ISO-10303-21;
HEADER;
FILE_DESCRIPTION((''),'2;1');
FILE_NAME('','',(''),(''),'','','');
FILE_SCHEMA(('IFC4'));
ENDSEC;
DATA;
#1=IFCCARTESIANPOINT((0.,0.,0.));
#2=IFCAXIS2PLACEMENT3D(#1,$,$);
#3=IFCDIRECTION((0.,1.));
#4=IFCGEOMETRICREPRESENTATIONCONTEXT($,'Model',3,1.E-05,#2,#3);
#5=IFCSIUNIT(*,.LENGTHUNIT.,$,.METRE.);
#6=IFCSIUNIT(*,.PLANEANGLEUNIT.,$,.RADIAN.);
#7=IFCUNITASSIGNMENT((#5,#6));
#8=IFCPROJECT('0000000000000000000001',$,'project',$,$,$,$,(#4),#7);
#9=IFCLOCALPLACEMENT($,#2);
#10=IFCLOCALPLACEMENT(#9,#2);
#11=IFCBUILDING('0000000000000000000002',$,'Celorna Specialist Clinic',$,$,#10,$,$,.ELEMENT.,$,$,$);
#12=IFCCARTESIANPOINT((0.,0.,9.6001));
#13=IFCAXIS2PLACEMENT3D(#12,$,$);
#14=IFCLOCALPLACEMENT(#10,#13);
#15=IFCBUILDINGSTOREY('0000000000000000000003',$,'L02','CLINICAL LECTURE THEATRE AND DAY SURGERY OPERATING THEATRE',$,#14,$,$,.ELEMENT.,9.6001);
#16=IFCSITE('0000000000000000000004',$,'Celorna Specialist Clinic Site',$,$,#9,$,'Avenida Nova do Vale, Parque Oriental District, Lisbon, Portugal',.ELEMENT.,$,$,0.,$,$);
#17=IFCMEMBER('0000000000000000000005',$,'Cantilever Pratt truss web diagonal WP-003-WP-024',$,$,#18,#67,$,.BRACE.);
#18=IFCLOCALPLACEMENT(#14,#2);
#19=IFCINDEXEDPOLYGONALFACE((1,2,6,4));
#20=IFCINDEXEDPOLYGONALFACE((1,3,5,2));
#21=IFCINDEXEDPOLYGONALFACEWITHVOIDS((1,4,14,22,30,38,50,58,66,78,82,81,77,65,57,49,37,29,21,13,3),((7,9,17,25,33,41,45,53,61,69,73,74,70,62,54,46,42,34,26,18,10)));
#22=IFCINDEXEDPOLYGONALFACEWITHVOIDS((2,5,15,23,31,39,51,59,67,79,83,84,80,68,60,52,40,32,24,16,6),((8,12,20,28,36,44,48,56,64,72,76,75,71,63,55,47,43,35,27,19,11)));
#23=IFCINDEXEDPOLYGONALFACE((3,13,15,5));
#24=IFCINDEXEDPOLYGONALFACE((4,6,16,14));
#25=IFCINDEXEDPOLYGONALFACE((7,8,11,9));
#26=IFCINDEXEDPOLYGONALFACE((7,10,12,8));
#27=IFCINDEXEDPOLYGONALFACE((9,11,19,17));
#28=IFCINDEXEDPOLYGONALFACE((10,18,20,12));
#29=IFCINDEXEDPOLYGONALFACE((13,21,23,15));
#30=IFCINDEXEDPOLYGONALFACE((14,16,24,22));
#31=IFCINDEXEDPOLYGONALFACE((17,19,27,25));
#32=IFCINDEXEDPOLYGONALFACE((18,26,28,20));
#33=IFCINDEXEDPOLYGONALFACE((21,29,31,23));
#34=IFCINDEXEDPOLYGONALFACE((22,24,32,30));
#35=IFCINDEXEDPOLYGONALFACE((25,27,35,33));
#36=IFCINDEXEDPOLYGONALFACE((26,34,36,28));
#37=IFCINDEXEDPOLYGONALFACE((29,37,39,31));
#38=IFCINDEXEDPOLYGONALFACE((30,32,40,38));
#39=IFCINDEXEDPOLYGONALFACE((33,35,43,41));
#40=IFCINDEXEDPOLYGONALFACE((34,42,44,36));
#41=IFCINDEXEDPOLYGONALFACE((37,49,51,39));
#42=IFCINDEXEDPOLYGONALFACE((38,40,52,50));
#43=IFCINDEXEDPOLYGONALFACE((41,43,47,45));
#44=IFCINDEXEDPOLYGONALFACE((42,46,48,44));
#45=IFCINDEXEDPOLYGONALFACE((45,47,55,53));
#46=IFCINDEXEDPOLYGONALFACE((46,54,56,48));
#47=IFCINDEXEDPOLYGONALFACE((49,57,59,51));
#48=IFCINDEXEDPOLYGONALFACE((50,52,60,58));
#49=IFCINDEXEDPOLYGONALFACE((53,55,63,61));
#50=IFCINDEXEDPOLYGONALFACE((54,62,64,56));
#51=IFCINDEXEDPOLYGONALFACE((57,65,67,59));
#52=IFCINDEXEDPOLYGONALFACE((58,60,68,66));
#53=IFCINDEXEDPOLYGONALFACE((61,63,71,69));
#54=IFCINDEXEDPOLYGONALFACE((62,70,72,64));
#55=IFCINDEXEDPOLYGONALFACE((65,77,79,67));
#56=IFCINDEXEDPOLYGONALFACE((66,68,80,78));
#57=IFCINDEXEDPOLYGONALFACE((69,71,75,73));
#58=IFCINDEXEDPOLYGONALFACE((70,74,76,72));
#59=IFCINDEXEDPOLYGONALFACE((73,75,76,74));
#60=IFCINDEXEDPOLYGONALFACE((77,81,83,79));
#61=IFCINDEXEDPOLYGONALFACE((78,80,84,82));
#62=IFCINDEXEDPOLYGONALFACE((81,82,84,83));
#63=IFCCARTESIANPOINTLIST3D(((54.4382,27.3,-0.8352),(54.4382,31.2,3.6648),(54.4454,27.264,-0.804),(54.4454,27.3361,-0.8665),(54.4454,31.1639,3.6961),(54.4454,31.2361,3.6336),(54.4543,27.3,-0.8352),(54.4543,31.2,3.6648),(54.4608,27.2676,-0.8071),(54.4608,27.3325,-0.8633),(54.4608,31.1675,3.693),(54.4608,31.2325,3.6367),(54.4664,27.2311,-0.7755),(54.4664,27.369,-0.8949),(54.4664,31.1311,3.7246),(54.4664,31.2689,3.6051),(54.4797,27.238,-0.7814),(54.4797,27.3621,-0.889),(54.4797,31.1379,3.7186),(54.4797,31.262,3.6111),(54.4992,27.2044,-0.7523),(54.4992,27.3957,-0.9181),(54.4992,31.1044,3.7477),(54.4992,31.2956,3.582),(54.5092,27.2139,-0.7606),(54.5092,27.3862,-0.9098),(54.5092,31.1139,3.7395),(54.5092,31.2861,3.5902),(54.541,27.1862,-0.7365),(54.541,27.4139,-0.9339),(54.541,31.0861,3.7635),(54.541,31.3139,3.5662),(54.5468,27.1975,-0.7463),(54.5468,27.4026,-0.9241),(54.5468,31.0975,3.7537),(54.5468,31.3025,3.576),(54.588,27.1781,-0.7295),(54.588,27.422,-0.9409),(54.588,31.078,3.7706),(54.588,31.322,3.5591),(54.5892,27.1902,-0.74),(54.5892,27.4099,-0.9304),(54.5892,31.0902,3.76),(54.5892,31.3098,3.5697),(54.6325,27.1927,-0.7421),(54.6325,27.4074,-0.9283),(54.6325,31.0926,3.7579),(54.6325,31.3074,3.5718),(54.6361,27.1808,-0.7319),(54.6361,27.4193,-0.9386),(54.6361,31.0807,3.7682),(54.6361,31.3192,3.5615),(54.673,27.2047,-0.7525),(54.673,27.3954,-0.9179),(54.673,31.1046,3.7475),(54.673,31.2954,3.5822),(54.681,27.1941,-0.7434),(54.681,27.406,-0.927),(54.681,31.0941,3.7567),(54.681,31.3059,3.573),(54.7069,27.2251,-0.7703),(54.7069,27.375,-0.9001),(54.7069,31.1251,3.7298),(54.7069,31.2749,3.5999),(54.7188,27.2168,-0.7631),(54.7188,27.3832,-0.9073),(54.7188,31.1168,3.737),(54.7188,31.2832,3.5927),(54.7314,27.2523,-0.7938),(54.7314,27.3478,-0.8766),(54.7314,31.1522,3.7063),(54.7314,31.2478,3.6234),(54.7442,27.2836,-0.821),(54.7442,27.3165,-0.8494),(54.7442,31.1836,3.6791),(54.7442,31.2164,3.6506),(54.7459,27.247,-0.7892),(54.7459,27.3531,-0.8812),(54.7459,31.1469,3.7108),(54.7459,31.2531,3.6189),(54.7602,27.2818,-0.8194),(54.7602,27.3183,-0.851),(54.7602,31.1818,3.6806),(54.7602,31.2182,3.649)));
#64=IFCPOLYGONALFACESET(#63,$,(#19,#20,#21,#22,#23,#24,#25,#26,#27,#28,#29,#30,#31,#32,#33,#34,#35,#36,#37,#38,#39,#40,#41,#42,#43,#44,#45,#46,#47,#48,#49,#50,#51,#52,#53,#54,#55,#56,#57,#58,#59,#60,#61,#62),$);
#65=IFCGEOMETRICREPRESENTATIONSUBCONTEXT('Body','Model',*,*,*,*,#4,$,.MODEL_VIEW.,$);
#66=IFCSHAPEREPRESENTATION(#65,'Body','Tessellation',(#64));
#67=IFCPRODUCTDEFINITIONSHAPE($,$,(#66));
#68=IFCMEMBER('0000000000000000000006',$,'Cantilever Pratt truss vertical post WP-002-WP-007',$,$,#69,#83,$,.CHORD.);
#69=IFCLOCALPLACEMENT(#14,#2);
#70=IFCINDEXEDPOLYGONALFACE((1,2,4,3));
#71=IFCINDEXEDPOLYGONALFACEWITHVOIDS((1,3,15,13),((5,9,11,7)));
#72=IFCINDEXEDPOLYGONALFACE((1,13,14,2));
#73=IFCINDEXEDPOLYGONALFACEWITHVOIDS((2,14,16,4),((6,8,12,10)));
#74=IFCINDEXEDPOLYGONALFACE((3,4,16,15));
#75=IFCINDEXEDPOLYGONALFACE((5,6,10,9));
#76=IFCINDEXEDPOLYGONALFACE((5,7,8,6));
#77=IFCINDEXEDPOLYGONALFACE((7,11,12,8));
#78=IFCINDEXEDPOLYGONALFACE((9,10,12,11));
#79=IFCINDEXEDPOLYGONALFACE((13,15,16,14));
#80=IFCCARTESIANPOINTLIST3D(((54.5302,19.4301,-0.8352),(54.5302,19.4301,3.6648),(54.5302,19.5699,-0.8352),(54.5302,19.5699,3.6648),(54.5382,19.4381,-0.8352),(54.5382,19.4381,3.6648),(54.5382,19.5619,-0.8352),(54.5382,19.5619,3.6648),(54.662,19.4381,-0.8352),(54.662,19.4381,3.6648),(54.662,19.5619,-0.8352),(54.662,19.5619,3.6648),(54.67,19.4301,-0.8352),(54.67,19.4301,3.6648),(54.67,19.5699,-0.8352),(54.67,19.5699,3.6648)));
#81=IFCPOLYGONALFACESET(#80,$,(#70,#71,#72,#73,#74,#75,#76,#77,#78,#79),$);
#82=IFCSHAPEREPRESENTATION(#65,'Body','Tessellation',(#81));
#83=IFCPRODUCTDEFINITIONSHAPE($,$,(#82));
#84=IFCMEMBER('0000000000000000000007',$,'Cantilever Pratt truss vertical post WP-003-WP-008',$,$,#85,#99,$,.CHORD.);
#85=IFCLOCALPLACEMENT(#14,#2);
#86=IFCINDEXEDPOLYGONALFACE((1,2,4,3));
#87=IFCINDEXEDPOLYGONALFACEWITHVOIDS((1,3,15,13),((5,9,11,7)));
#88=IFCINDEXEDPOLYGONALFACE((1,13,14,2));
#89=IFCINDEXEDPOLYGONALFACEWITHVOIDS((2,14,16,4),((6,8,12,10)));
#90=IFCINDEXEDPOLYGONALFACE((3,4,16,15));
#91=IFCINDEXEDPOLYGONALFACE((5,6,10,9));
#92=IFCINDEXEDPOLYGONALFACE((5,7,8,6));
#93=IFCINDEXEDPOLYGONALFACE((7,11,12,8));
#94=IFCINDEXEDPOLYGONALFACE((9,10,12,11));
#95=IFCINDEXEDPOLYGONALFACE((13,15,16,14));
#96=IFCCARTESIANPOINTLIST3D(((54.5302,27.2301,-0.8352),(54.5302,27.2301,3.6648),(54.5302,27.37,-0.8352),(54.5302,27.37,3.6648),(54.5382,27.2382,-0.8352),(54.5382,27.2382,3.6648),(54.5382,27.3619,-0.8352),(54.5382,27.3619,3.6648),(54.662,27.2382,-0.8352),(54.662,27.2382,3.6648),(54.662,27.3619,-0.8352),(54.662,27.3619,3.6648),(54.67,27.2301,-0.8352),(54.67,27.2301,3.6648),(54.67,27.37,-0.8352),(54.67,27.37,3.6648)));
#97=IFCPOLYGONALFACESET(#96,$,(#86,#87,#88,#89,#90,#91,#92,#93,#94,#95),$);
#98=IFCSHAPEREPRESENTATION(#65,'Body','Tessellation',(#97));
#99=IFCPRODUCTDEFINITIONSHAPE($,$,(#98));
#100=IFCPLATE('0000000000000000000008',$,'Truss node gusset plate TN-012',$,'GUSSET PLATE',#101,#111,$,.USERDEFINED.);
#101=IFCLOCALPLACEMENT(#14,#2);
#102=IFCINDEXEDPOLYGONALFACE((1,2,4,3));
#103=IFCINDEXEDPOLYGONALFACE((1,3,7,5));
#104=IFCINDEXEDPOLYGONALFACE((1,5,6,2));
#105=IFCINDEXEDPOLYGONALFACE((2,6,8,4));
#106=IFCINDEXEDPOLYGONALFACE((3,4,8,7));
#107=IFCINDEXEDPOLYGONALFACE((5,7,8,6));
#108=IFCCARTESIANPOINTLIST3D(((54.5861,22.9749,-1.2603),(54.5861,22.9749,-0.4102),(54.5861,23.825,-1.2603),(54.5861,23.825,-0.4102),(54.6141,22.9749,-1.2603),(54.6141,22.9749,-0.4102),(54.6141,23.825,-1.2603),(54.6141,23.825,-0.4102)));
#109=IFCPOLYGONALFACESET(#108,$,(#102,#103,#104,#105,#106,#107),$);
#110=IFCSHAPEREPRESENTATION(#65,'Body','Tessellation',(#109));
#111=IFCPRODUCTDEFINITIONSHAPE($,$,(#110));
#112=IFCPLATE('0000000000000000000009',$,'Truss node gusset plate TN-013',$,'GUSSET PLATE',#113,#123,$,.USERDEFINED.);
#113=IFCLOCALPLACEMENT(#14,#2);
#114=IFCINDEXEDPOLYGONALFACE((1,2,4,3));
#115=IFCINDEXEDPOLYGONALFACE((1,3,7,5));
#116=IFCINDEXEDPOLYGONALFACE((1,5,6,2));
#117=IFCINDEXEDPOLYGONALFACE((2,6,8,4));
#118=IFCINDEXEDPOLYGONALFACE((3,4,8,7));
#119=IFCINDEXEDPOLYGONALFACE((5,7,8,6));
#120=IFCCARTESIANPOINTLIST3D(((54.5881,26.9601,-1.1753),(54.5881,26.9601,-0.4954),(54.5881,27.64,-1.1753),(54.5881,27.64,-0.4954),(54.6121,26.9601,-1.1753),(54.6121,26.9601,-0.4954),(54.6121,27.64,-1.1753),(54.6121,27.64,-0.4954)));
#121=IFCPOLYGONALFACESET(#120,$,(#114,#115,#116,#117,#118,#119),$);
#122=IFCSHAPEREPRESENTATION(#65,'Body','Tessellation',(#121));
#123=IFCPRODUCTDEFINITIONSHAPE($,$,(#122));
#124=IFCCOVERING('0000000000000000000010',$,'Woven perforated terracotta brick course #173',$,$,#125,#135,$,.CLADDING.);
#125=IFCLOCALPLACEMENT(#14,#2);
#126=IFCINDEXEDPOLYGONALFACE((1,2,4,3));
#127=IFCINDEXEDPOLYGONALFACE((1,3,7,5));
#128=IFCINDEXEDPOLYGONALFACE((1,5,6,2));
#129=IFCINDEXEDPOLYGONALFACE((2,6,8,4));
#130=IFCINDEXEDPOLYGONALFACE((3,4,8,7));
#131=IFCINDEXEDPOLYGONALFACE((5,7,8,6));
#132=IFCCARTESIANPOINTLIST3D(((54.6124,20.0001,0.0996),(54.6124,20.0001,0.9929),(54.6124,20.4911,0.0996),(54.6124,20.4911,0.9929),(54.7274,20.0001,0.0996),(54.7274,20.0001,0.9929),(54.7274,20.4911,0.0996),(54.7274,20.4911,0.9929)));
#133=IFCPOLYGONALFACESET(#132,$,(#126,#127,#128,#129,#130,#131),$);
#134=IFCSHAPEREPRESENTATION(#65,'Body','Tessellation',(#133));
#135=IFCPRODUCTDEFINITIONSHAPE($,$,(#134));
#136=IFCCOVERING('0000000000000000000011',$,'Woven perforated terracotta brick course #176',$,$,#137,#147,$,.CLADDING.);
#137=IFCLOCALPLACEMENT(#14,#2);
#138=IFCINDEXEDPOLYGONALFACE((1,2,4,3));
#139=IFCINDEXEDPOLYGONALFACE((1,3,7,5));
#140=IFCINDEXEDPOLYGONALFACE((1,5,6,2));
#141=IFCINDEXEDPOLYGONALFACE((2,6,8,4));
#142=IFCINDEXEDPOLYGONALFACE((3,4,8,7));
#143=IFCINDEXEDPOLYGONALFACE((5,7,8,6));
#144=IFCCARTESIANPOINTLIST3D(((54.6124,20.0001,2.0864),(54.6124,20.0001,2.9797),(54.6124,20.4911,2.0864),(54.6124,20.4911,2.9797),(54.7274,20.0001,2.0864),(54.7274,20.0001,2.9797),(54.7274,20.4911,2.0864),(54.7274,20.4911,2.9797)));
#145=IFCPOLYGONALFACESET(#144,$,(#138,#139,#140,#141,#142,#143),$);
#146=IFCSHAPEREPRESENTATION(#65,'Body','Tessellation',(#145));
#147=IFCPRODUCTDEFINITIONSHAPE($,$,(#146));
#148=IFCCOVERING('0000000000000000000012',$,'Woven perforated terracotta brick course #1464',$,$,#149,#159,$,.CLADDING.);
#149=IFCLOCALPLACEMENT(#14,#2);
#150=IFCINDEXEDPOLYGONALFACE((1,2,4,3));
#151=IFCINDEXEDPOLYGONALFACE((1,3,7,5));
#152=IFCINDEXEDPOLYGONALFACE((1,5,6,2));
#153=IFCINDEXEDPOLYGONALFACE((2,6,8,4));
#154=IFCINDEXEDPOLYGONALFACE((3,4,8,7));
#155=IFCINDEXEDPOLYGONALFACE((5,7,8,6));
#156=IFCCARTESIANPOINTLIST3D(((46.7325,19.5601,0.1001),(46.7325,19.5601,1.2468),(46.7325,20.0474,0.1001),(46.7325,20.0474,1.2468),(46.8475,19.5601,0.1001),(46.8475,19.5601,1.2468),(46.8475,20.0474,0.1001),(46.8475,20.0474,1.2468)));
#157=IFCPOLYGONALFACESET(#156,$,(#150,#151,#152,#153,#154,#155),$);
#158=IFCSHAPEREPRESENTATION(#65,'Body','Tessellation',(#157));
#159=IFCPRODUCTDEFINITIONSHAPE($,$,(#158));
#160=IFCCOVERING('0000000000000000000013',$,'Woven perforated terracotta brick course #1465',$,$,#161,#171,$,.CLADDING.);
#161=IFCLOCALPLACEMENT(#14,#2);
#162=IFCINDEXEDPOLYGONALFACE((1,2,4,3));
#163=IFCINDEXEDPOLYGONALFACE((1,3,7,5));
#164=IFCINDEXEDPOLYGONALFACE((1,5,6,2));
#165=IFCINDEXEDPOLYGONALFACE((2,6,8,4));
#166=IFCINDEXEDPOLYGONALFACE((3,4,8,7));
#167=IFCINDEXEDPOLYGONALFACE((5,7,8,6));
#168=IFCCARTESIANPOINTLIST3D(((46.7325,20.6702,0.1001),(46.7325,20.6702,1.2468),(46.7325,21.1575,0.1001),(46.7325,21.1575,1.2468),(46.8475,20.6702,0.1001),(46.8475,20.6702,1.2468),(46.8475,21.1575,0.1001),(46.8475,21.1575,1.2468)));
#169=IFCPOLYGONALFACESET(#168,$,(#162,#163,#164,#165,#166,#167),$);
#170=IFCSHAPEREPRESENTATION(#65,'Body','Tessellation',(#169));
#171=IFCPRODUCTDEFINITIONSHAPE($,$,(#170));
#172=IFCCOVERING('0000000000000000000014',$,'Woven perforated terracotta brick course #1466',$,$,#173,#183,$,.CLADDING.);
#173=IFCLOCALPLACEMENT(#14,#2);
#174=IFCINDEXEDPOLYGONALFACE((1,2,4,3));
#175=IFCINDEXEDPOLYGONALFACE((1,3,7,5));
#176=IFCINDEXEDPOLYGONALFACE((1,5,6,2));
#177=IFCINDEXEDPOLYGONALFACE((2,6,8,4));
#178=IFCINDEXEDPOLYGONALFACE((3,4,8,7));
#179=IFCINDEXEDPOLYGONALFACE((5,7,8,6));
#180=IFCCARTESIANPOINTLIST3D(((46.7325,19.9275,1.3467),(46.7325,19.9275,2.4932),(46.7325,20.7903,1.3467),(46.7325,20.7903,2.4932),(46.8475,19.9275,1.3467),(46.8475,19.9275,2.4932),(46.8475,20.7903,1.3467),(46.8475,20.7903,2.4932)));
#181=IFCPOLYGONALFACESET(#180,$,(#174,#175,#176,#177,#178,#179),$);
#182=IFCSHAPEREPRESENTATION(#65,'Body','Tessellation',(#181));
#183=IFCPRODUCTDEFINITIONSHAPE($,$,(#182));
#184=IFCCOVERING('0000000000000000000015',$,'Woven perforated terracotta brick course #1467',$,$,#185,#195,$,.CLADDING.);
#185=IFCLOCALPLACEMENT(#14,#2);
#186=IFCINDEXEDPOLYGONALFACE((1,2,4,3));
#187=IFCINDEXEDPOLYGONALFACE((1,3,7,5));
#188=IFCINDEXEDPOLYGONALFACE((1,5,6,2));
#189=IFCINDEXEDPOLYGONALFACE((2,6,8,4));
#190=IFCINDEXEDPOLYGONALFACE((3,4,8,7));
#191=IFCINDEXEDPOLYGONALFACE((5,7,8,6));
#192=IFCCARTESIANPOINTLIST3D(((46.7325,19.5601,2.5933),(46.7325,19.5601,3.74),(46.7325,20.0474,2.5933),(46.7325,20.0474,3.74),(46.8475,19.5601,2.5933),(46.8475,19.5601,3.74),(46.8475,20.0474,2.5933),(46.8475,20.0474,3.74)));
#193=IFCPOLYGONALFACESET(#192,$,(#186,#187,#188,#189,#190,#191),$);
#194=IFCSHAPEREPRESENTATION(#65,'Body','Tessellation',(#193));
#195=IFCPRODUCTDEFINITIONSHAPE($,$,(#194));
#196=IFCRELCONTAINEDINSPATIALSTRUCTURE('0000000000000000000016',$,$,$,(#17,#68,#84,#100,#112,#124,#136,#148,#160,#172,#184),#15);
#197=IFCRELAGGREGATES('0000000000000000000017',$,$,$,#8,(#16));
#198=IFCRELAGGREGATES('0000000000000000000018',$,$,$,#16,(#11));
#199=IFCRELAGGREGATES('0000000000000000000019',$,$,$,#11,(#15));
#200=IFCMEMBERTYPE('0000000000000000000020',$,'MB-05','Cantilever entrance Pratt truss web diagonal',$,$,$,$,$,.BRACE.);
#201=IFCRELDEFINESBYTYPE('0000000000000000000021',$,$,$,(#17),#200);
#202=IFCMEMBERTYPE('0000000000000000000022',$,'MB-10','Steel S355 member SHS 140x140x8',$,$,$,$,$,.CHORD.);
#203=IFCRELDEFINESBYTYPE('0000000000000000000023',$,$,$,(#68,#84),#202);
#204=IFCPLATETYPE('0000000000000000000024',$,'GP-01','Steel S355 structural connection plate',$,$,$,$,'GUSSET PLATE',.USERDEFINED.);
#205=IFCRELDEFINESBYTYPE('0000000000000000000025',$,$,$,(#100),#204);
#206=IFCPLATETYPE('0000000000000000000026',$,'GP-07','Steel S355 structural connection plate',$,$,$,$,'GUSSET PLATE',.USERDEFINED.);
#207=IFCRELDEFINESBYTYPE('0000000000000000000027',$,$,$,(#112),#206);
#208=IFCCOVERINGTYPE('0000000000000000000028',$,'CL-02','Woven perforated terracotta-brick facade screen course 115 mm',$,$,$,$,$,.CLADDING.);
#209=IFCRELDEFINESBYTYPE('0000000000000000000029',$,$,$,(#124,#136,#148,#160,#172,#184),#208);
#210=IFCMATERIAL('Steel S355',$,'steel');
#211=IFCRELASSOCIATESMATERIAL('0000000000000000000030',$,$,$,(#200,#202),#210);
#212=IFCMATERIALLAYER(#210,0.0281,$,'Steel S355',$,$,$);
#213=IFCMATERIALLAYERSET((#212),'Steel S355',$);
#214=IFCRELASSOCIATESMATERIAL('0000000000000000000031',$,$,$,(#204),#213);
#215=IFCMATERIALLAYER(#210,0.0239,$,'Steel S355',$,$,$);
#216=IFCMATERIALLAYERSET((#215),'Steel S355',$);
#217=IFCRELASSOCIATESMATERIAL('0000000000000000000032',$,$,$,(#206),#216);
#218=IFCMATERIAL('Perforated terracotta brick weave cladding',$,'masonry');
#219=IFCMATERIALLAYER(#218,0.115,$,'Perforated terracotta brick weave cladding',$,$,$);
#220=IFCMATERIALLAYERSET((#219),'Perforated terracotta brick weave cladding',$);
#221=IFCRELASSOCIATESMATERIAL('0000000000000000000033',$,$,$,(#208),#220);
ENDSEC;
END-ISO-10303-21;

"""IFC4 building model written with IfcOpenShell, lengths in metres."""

from ifc_helpers import new_model, si_unit, direction, frame, origin, origin_2d, place, context, subcontext, project, spatial, rectangle, hollow_rectangle, hollow_circle, extrude, material, layer, layer_set, material_profile, profile_set, type_object, element, save


model = new_model("IFC4")

# Units and contexts
model_context = context("Model", 3, precision=1e-05, world=origin(), true_north=direction((0.0, 1.0)))
body_context = subcontext(model_context, "Body", "Model", "MODEL_VIEW")
ifc_project = project(units=[si_unit("LENGTHUNIT", "METRE"), si_unit("PLANEANGLEUNIT", "RADIAN")], contexts=[model_context])

# Site, building, storey
site_placement = place(None, origin())
site = spatial("IfcSite", under=ifc_project, at=site_placement, Name="Celorna Specialist Clinic Site", LongName="Avenida Nova do Vale, Parque Oriental District, Lisbon, Portugal", CompositionType="ELEMENT", RefElevation=0.0)
building_placement = place(site_placement, origin())
building = spatial("IfcBuilding", under=site, at=building_placement, Name="Celorna Specialist Clinic", CompositionType="ELEMENT")
storey_placement = place(building_placement, frame((0.0, 0.0, 9.6001)))
storey = spatial("IfcBuildingStorey", under=building, at=storey_placement, Name="L02", Description="CLINICAL LECTURE THEATRE AND DAY SURGERY OPERATING THEATRE", CompositionType="ELEMENT", Elevation=9.6001)

# Shared definitions
ifc_material_1 = material(Name="Steel S355", Category="steel")

# Members
ifc_material_profile_1 = material_profile(ifc_material_1, hollow_circle(Radius=0.1619, WallThickness=0.0161, at=origin_2d()), Name="CHS 323.9x16")
ifc_profile_set_1 = profile_set([ifc_material_profile_1], Name="Steel S355")
member_type_1 = type_object("IfcMemberType", Name="MB-05", Description="Cantilever entrance Pratt truss web diagonal", PredefinedType="BRACE", material=ifc_profile_set_1)
for number, where, z_axis, x_axis, name in (
    (1, (54.6001, 27.3, -0.8352), (0.0, 0.654921, 0.755697), (-1.0, 0.0, 0.0), "Cantilever Pratt truss web diagonal WP-003-WP-024"),
):
    element("IfcMember", number, at=place(storey_placement, frame(where, z_axis=z_axis, x_axis=x_axis)), inside=storey, type_object=member_type_1, Name=name, PredefinedType="BRACE", context=body_context, shape_type="SweptSolid", body=[
        extrude(hollow_circle(Radius=0.1619, WallThickness=0.0161, at=origin_2d()), origin(), (0.0, 0.0, 1.0), 5.9548),
    ])
ifc_material_profile_2 = material_profile(ifc_material_1, hollow_rectangle(XDim=0.1399, YDim=0.1399, WallThickness=0.0081, at=origin_2d()), Name="SHS 140x140x8")
ifc_profile_set_2 = profile_set([ifc_material_profile_2], Name="Steel S355")
member_type_2 = type_object("IfcMemberType", Name="MB-10", Description="Steel S355 member SHS 140x140x8", PredefinedType="CHORD", material=ifc_profile_set_2)
for number, where, z_axis, x_axis, name in (
    (2, (54.6001, 19.5, -0.8352), (0.0, 0.0, 1.0), (1.0, 0.0, 0.0), "Cantilever Pratt truss vertical post WP-002-WP-007"),
    (3, (54.6001, 27.3, -0.8352), (0.0, 0.0, 1.0), (1.0, 0.0, 0.0), "Cantilever Pratt truss vertical post WP-003-WP-008"),
):
    element("IfcMember", number, at=place(storey_placement, frame(where, z_axis=z_axis, x_axis=x_axis)), inside=storey, type_object=member_type_2, Name=name, PredefinedType="CHORD", context=body_context, shape_type="SweptSolid", body=[
        extrude(hollow_rectangle(XDim=0.1399, YDim=0.1399, WallThickness=0.0081, at=origin_2d()), origin(), (0.0, 0.0, 1.0), 4.5),
    ])

# Plates
ifc_layer_1 = layer(ifc_material_1, 0.0281, Name="Steel S355")
ifc_layer_set_1 = layer_set([ifc_layer_1], Name="Steel S355")
plate_type_1 = type_object("IfcPlateType", Name="GP-01", Description="Steel S355 structural connection plate", ElementType="GUSSET PLATE", PredefinedType="USERDEFINED", material=ifc_layer_set_1)
plate_1_placement = place(storey_placement, frame((54.6001, 23.3999, -1.2603), z_axis=(0.0, 0.0, 1.0), x_axis=(0.0, 1.0, 0.0)))
element("IfcPlate", 4, at=plate_1_placement, inside=storey, type_object=plate_type_1, Name="Truss node gusset plate TN-012", ObjectType="GUSSET PLATE", PredefinedType="USERDEFINED", context=body_context, shape_type="SweptSolid", body=[
    extrude(rectangle(XDim=0.8501, YDim=0.0281, at=origin_2d()), origin(), (0.0, 0.0, 1.0), 0.8501),
])
ifc_layer_2 = layer(ifc_material_1, 0.0239, Name="Steel S355")
ifc_layer_set_2 = layer_set([ifc_layer_2], Name="Steel S355")
plate_type_2 = type_object("IfcPlateType", Name="GP-07", Description="Steel S355 structural connection plate", ElementType="GUSSET PLATE", PredefinedType="USERDEFINED", material=ifc_layer_set_2)
plate_2_placement = place(storey_placement, frame((54.6001, 27.3, -1.1753), z_axis=(0.0, 0.0, 1.0), x_axis=(0.0, 1.0, 0.0)))
element("IfcPlate", 5, at=plate_2_placement, inside=storey, type_object=plate_type_2, Name="Truss node gusset plate TN-013", ObjectType="GUSSET PLATE", PredefinedType="USERDEFINED", context=body_context, shape_type="SweptSolid", body=[
    extrude(rectangle(XDim=0.6799, YDim=0.0239, at=origin_2d()), origin(), (0.0, 0.0, 1.0), 0.6799),
])

# Coverings
ifc_material_2 = material(Name="Perforated terracotta brick weave cladding", Category="masonry")
ifc_layer_3 = layer(ifc_material_2, 0.115, Name="Perforated terracotta brick weave cladding")
ifc_layer_set_3 = layer_set([ifc_layer_3], Name="Perforated terracotta brick weave cladding")
covering_type = type_object("IfcCoveringType", Name="CL-02", Description="Woven perforated terracotta-brick facade screen course 115 mm", PredefinedType="CLADDING", material=ifc_layer_set_3)
for number, where, z_axis, x_axis, name in (
    (6, (54.6699, 20.2456, 0.0996), (0.0, 0.0, 1.0), (0.0, 1.0, 0.0), "Woven perforated terracotta brick course #173"),
    (7, (54.6699, 20.2456, 2.0864), (0.0, 0.0, 1.0), (0.0, 1.0, 0.0), "Woven perforated terracotta brick course #176"),
):
    element("IfcCovering", number, at=place(storey_placement, frame(where, z_axis=z_axis, x_axis=x_axis)), inside=storey, type_object=covering_type, Name=name, PredefinedType="CLADDING", context=body_context, shape_type="SweptSolid", body=[
        extrude(rectangle(XDim=0.491, YDim=0.115, at=origin_2d()), origin(), (0.0, 0.0, 1.0), 0.8933),
    ])
for number, where, z_axis, x_axis, name in (
    (8, (46.79, 19.8037, 0.1001), (0.0, 0.0, 1.0), (0.0, 1.0, 0.0), "Woven perforated terracotta brick course #1464"),
    (9, (46.79, 20.9138, 0.1001), (0.0, 0.0, 1.0), (0.0, 1.0, 0.0), "Woven perforated terracotta brick course #1465"),
):
    element("IfcCovering", number, at=place(storey_placement, frame(where, z_axis=z_axis, x_axis=x_axis)), inside=storey, type_object=covering_type, Name=name, PredefinedType="CLADDING", context=body_context, shape_type="SweptSolid", body=[
        extrude(rectangle(XDim=0.4873, YDim=0.115, at=origin_2d()), origin(), (0.0, 0.0, 1.0), 1.1467),
    ])
covering_1_placement = place(storey_placement, frame((46.79, 20.3589, 1.3467), z_axis=(0.0, 0.0, 1.0), x_axis=(0.0, 1.0, 0.0)))
element("IfcCovering", 10, at=covering_1_placement, inside=storey, type_object=covering_type, Name="Woven perforated terracotta brick course #1466", PredefinedType="CLADDING", context=body_context, shape_type="SweptSolid", body=[
    extrude(rectangle(XDim=0.8628, YDim=0.115, at=origin_2d()), origin(), (0.0, 0.0, 1.0), 1.1465),
])
for number, where, z_axis, x_axis, name in (
    (11, (46.79, 19.8037, 2.5933), (0.0, 0.0, 1.0), (0.0, 1.0, 0.0), "Woven perforated terracotta brick course #1467"),
):
    element("IfcCovering", number, at=place(storey_placement, frame(where, z_axis=z_axis, x_axis=x_axis)), inside=storey, type_object=covering_type, Name=name, PredefinedType="CLADDING", context=body_context, shape_type="SweptSolid", body=[
        extrude(rectangle(XDim=0.4873, YDim=0.115, at=origin_2d()), origin(), (0.0, 0.0, 1.0), 1.1467),
    ])

save(model, "model.ifc")
